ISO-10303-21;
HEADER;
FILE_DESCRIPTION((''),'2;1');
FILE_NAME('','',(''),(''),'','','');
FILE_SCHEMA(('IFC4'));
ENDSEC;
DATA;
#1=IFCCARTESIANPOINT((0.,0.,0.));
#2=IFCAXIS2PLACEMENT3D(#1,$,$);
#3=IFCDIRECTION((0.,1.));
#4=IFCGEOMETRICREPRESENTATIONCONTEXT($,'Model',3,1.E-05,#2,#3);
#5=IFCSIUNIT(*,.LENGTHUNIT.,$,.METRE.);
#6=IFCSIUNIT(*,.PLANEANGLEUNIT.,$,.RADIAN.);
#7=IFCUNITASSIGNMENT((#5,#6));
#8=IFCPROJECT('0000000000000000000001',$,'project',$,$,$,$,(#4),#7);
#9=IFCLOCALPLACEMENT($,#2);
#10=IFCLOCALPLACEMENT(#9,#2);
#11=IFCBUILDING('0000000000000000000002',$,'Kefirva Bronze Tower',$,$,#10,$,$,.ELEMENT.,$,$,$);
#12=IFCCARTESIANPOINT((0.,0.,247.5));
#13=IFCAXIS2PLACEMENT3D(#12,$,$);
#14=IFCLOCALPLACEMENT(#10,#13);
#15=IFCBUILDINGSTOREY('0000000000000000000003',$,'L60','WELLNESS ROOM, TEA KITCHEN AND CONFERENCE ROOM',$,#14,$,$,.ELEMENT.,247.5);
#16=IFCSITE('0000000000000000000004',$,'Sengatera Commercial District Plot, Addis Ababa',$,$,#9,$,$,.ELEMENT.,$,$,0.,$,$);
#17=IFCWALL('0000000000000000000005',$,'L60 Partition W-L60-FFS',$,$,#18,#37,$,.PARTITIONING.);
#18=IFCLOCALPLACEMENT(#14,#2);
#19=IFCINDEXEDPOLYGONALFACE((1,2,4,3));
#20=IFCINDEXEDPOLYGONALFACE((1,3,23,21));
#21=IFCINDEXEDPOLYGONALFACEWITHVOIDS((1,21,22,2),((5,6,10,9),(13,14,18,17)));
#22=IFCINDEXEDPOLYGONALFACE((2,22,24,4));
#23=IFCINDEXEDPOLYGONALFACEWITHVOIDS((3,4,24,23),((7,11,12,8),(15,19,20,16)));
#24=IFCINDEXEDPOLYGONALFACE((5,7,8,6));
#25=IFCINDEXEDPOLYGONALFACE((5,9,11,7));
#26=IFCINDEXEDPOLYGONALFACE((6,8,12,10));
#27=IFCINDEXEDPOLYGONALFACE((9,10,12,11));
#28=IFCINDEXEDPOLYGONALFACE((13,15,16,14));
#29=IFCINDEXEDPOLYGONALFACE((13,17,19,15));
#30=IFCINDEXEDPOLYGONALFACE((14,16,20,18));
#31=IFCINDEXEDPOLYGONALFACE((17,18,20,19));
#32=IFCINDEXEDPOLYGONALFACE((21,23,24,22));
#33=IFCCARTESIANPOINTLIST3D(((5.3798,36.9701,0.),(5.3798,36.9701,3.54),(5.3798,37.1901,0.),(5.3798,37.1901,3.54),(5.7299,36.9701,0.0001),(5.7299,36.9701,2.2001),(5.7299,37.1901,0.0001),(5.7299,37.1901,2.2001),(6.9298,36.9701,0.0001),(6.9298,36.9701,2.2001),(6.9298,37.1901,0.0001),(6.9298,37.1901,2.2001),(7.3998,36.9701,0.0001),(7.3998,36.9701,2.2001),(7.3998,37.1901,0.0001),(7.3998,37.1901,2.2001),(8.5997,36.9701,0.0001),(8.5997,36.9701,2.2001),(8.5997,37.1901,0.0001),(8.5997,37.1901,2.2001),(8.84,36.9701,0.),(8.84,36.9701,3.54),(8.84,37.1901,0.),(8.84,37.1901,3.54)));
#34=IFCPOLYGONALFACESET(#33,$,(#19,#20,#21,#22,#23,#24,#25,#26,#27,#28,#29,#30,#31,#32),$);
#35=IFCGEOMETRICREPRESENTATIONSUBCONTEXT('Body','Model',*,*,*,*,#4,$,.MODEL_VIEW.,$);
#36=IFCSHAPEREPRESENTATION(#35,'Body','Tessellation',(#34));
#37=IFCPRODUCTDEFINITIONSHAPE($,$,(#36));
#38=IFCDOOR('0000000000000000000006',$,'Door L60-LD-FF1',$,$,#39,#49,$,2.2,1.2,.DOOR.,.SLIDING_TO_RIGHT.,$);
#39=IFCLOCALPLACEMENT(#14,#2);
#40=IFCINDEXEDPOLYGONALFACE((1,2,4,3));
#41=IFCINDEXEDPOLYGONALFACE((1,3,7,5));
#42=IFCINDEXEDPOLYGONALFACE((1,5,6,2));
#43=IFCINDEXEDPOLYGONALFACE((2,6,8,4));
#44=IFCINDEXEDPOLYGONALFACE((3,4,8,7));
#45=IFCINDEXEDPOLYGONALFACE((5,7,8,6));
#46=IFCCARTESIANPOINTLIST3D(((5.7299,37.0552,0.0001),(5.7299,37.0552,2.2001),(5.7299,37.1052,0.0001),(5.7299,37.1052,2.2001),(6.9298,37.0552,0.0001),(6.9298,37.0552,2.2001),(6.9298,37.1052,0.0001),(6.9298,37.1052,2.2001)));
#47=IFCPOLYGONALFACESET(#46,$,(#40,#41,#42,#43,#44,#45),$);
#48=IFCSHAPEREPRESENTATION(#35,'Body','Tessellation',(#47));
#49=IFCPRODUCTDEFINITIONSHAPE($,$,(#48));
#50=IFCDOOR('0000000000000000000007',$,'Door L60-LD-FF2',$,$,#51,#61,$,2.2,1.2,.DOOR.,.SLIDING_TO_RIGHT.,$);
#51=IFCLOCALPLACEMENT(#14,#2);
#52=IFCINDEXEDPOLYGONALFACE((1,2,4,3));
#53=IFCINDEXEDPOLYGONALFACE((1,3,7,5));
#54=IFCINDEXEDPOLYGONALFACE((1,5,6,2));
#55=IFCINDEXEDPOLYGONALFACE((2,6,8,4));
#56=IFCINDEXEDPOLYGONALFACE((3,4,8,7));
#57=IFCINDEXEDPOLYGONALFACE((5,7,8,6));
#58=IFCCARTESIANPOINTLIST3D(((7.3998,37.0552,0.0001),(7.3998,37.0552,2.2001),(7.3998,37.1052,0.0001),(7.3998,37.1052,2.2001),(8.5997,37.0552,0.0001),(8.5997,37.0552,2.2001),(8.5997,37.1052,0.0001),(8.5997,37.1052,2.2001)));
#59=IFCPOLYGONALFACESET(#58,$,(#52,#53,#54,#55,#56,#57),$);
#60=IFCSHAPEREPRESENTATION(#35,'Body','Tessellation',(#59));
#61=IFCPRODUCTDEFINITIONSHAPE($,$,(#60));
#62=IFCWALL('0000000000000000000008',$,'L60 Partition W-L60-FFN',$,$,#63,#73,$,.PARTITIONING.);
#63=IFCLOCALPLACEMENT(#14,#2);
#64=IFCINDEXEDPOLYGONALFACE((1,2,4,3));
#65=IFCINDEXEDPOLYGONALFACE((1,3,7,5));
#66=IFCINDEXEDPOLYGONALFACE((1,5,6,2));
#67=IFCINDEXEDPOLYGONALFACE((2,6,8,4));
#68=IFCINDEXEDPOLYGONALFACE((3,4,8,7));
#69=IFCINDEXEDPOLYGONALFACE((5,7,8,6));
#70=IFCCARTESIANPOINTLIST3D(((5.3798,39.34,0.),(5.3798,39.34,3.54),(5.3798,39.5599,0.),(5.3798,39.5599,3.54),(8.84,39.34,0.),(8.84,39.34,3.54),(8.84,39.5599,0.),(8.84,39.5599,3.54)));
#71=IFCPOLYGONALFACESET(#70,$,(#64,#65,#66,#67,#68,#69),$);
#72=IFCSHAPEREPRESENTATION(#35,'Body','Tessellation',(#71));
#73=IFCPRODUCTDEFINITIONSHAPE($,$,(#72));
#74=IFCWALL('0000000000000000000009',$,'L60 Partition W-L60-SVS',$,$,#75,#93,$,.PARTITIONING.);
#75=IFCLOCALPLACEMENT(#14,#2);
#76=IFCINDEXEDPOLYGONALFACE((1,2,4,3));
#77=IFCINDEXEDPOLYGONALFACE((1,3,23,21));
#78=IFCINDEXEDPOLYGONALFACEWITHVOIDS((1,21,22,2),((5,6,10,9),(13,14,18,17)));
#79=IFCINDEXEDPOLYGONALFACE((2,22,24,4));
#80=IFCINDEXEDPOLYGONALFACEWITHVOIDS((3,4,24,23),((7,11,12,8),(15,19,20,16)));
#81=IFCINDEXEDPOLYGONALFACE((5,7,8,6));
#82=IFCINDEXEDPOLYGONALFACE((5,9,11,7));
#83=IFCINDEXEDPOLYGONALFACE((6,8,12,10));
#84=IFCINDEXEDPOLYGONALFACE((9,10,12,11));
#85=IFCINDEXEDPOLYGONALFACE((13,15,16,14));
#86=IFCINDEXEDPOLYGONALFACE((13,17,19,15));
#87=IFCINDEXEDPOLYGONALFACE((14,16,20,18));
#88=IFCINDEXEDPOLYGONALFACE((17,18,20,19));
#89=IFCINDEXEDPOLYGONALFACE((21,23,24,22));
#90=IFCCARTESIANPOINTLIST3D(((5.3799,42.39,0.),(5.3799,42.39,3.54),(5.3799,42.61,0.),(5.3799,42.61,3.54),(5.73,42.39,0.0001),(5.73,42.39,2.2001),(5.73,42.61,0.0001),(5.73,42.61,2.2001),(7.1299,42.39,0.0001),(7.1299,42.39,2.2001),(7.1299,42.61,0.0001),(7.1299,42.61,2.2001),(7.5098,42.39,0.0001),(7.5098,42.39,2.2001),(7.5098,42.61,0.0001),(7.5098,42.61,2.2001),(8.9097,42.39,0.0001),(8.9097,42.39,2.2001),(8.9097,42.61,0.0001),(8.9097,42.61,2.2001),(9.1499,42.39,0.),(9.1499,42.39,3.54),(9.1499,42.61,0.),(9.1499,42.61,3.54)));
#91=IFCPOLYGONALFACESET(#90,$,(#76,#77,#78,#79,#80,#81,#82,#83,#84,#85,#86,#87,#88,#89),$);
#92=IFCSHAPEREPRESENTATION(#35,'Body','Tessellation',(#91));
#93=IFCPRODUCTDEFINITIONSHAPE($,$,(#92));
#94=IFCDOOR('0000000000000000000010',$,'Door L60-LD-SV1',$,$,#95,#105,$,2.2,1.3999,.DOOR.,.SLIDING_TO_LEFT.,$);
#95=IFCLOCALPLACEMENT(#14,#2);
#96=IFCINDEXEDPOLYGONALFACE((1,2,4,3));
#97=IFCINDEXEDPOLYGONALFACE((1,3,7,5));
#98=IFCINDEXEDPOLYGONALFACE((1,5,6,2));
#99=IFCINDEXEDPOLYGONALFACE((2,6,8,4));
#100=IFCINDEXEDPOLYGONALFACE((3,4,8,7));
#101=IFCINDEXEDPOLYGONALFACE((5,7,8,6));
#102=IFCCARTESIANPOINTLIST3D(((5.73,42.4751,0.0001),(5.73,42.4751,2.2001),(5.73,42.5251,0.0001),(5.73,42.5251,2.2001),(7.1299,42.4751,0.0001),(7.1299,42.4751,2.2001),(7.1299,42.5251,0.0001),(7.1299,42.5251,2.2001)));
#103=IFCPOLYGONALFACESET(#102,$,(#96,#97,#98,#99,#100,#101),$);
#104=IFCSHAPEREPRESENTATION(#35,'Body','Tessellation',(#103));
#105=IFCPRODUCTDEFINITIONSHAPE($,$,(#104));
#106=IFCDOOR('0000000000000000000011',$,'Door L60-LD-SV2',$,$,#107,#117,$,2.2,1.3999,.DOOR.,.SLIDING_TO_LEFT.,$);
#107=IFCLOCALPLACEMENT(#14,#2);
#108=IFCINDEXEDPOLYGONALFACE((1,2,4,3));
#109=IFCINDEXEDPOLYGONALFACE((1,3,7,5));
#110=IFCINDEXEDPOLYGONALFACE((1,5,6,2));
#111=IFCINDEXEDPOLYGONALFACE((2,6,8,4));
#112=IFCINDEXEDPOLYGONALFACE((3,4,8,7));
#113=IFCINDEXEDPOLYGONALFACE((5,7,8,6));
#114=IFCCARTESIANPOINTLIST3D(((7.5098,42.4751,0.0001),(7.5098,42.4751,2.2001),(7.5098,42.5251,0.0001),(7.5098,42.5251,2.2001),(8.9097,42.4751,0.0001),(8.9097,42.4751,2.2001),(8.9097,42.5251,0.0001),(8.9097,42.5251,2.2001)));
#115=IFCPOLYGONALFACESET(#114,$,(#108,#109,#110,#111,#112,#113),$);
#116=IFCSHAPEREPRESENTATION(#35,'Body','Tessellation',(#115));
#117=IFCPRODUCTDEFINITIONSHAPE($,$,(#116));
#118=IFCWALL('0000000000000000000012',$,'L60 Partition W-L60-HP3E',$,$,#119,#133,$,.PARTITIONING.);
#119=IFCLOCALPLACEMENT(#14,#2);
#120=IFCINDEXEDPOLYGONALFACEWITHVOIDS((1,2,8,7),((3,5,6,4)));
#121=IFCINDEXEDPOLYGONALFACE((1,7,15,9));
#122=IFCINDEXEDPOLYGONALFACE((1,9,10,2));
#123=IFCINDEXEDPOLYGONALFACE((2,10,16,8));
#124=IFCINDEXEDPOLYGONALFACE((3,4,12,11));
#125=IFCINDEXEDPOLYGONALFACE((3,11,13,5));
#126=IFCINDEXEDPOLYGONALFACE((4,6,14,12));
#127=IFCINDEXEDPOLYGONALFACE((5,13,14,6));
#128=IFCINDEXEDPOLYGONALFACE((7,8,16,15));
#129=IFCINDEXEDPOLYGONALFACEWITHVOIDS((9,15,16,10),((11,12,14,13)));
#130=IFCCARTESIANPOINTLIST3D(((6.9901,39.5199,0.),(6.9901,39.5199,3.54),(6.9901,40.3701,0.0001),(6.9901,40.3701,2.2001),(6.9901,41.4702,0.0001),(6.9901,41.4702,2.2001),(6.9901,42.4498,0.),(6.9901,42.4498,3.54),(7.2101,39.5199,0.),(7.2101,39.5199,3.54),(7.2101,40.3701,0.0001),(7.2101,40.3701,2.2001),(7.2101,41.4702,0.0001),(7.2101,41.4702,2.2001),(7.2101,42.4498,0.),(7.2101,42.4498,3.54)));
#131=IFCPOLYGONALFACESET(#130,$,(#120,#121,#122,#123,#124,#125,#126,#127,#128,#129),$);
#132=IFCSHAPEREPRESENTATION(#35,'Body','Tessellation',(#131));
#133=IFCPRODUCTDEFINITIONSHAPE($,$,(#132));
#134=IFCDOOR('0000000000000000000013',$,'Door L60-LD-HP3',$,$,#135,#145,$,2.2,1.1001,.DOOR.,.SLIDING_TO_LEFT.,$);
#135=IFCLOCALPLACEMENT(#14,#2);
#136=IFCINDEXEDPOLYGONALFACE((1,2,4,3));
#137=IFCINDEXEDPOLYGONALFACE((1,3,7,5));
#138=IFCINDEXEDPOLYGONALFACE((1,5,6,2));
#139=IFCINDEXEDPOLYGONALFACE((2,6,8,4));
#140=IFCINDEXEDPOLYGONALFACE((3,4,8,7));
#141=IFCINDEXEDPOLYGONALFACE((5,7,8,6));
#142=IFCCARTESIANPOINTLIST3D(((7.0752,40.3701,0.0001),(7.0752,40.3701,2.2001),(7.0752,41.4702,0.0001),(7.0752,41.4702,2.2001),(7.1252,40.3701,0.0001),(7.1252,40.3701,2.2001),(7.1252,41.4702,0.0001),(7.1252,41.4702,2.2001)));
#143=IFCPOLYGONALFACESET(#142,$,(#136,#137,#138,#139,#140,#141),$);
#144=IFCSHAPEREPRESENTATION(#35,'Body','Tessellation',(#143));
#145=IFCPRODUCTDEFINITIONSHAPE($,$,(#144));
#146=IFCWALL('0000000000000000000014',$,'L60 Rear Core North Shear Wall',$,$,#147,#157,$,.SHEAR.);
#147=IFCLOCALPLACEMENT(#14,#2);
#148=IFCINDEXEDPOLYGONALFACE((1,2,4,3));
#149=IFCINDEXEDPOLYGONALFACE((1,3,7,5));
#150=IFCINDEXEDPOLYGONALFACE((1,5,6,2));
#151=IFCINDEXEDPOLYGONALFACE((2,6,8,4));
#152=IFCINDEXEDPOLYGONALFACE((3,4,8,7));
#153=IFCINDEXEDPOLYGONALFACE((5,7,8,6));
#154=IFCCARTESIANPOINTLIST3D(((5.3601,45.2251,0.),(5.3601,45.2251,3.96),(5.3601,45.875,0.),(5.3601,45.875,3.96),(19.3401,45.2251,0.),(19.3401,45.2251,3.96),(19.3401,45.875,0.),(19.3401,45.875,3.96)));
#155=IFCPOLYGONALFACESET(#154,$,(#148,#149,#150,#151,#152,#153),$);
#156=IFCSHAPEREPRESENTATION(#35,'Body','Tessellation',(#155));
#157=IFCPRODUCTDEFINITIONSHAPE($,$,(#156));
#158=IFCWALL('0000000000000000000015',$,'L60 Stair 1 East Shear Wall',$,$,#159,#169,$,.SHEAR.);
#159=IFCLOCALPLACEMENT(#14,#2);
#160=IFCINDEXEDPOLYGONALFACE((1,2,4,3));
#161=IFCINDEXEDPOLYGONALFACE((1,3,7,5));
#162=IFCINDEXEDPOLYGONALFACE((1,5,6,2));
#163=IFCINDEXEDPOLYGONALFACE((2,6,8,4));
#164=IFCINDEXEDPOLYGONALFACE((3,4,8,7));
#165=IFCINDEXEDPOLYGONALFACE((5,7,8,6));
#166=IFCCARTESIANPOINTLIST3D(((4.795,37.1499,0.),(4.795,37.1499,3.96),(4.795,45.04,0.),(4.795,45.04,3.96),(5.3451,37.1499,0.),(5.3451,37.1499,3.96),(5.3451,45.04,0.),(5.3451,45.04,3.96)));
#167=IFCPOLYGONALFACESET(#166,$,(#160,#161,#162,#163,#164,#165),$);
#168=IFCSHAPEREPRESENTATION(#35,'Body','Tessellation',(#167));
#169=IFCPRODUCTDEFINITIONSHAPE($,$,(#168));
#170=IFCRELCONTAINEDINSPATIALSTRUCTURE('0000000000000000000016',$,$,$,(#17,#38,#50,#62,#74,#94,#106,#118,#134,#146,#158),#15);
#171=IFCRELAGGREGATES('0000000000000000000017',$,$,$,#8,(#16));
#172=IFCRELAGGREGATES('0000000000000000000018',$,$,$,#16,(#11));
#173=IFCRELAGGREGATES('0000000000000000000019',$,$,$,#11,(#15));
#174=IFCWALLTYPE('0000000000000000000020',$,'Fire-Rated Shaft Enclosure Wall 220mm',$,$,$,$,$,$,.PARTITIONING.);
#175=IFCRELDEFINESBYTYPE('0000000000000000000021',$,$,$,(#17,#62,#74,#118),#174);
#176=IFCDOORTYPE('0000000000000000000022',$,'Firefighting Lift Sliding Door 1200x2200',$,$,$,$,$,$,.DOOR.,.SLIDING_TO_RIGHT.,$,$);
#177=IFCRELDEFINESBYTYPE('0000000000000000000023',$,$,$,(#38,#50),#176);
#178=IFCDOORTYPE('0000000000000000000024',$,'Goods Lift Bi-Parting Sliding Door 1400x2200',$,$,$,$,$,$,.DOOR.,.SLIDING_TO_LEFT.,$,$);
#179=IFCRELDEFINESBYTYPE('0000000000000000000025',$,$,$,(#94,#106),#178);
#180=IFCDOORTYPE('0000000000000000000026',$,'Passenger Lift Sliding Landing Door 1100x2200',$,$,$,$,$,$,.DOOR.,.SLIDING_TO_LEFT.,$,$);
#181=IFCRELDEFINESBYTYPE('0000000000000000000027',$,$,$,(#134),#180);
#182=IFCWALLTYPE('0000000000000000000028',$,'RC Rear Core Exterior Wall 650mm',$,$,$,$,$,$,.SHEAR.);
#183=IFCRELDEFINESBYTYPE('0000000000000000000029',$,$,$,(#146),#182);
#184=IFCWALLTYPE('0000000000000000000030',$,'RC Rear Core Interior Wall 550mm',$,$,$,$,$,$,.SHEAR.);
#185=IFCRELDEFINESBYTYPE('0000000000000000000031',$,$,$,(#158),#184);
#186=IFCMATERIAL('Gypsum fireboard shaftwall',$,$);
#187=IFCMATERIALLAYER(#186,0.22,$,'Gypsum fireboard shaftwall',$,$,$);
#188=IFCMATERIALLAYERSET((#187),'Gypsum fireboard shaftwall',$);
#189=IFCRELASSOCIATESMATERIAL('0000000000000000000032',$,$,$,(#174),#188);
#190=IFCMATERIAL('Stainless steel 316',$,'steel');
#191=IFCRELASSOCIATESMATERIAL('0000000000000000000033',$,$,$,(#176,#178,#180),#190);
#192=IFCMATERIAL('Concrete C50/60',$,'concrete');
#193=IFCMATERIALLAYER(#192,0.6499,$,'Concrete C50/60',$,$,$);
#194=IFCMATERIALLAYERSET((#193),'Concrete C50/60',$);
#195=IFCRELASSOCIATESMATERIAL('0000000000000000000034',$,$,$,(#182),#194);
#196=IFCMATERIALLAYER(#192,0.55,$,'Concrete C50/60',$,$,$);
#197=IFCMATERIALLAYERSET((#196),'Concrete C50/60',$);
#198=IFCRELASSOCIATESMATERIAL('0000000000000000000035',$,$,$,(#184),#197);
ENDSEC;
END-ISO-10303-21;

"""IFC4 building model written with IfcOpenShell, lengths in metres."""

from ifc_helpers import new_model, si_unit, direction, frame, frame_2d, origin, place, context, subcontext, project, spatial, rectangle, extrude, material, layer, layer_set, type_object, element, fill, save


model = new_model("IFC4")

# Units and contexts
model_context = context("Model", 3, precision=1e-05, world=origin(), true_north=direction((0.0, 1.0)))
body_context = subcontext(model_context, "Body", "Model", "MODEL_VIEW")
ifc_project = project(units=[si_unit("LENGTHUNIT", "METRE"), si_unit("PLANEANGLEUNIT", "RADIAN")], contexts=[model_context])

# Site, building, storey
site_placement = place(None, origin())
site = spatial("IfcSite", under=ifc_project, at=site_placement, Name="Sengatera Commercial District Plot, Addis Ababa", CompositionType="ELEMENT", RefElevation=0.0)
building_placement = place(site_placement, origin())
building = spatial("IfcBuilding", under=site, at=building_placement, Name="Kefirva Bronze Tower", CompositionType="ELEMENT")
storey_placement = place(building_placement, frame((0.0, 0.0, 247.5)))
storey = spatial("IfcBuildingStorey", under=building, at=storey_placement, Name="L60", Description="WELLNESS ROOM, TEA KITCHEN AND CONFERENCE ROOM", CompositionType="ELEMENT", Elevation=247.5)

# Wall, openings, doors
ifc_material_1 = material(Name="Gypsum fireboard shaftwall")
ifc_layer_1 = layer(ifc_material_1, 0.22, Name="Gypsum fireboard shaftwall")
ifc_layer_set_1 = layer_set([ifc_layer_1], Name="Gypsum fireboard shaftwall")
wall_type_1 = type_object("IfcWallType", Name="Fire-Rated Shaft Enclosure Wall 220mm", PredefinedType="PARTITIONING", material=ifc_layer_set_1)
wall_1_placement = place(storey_placement, frame((5.3799, 37.0801, 0.0), z_axis=(0.0, 0.0, 1.0), x_axis=(1.0, 0.0, 0.0)))
wall_1 = element("IfcWall", 1, at=wall_1_placement, inside=storey, type_object=wall_type_1, Name="L60 Partition W-L60-FFS", PredefinedType="PARTITIONING", context=body_context, shape_type="SweptSolid", body=[
    extrude(rectangle(XDim=3.4602, YDim=0.22, at=frame_2d((1.73, 0.0))), origin(), (0.0, 0.0, 1.0), 3.54),
])
opening_1_placement = place(wall_1_placement, frame((1.55, 0.0, 0.0), z_axis=(0.0, 0.0, 1.0), x_axis=(-1.0, 0.0, 0.0)))
opening_1 = element("IfcOpeningElement", 2, at=opening_1_placement, cuts=wall_1, PredefinedType="OPENING", context=body_context, shape_type="SweptSolid", body=[
    extrude(rectangle(XDim=1.2, YDim=2.2, at=frame_2d((0.6001, 1.1001))), frame((0.0, 0.1201, 0.0), z_axis=(0.0, -1.0, 0.0), x_axis=(1.0, 0.0, 0.0)), (0.0, 0.0, 1.0), 0.24),
])
opening_2_placement = place(wall_1_placement, frame((3.22, 0.0, 0.0), z_axis=(0.0, 0.0, 1.0), x_axis=(-1.0, 0.0, 0.0)))
opening_2 = element("IfcOpeningElement", 3, at=opening_2_placement, cuts=wall_1, PredefinedType="OPENING", context=body_context, shape_type="SweptSolid", body=[
    extrude(rectangle(XDim=1.2, YDim=2.2, at=frame_2d((0.6001, 1.1001))), frame((0.0, 0.1201, 0.0), z_axis=(0.0, -1.0, 0.0), x_axis=(1.0, 0.0, 0.0)), (0.0, 0.0, 1.0), 0.24),
])
ifc_material_2 = material(Name="Stainless steel 316", Category="steel")
door_type_1 = type_object("IfcDoorType", Name="Firefighting Lift Sliding Door 1200x2200", OperationType="SLIDING_TO_RIGHT", PredefinedType="DOOR", material=ifc_material_2)
door_1_placement = place(opening_1_placement, origin())
door_1 = element("IfcDoor", 4, at=door_1_placement, inside=storey, type_object=door_type_1, Name="Door L60-LD-FF1", OperationType="SLIDING_TO_RIGHT", OverallHeight=2.2, OverallWidth=1.2, PredefinedType="DOOR", context=body_context, shape_type="SweptSolid", body=[
    extrude(rectangle(XDim=1.2, YDim=2.2, at=frame_2d((0.6001, 1.1001))), frame((0.0, 0.0249, 0.0), z_axis=(0.0, -1.0, 0.0), x_axis=(1.0, 0.0, 0.0)), (0.0, 0.0, 1.0), 0.05),
])
fill(opening_1, door_1)
door_2_placement = place(opening_2_placement, origin())
door_2 = element("IfcDoor", 5, at=door_2_placement, inside=storey, type_object=door_type_1, Name="Door L60-LD-FF2", OperationType="SLIDING_TO_RIGHT", OverallHeight=2.2, OverallWidth=1.2, PredefinedType="DOOR", context=body_context, shape_type="SweptSolid", body=[
    extrude(rectangle(XDim=1.2, YDim=2.2, at=frame_2d((0.6001, 1.1001))), frame((0.0, 0.0249, 0.0), z_axis=(0.0, -1.0, 0.0), x_axis=(1.0, 0.0, 0.0)), (0.0, 0.0, 1.0), 0.05),
])
fill(opening_2, door_2)

# Wall
wall_2_placement = place(storey_placement, frame((5.3799, 39.45, 0.0), z_axis=(0.0, 0.0, 1.0), x_axis=(1.0, 0.0, 0.0)))
element("IfcWall", 6, at=wall_2_placement, inside=storey, type_object=wall_type_1, Name="L60 Partition W-L60-FFN", PredefinedType="PARTITIONING", context=body_context, shape_type="SweptSolid", body=[
    extrude(rectangle(XDim=3.4602, YDim=0.22, at=frame_2d((1.73, 0.0))), origin(), (0.0, 0.0, 1.0), 3.54),
])

# Wall, openings, doors
wall_3_placement = place(storey_placement, frame((5.3799, 42.5, 0.0), z_axis=(0.0, 0.0, 1.0), x_axis=(1.0, 0.0, 0.0)))
wall_3 = element("IfcWall", 7, at=wall_3_placement, inside=storey, type_object=wall_type_1, Name="L60 Partition W-L60-SVS", PredefinedType="PARTITIONING", context=body_context, shape_type="SweptSolid", body=[
    extrude(rectangle(XDim=3.77, YDim=0.22, at=frame_2d((1.885, 0.0))), origin(), (0.0, 0.0, 1.0), 3.54),
])
opening_3_placement = place(wall_3_placement, frame((1.75, 0.0, 0.0), z_axis=(0.0, 0.0, 1.0), x_axis=(-1.0, 0.0, 0.0)))
opening_3 = element("IfcOpeningElement", 8, at=opening_3_placement, cuts=wall_3, PredefinedType="OPENING", context=body_context, shape_type="SweptSolid", body=[
    extrude(rectangle(XDim=1.3999, YDim=2.2, at=frame_2d((0.7, 1.1001))), frame((0.0, 0.1201, 0.0), z_axis=(0.0, -1.0, 0.0), x_axis=(1.0, 0.0, 0.0)), (0.0, 0.0, 1.0), 0.24),
])
opening_4_placement = place(wall_3_placement, frame((3.5298, 0.0, 0.0), z_axis=(0.0, 0.0, 1.0), x_axis=(-1.0, 0.0, 0.0)))
opening_4 = element("IfcOpeningElement", 9, at=opening_4_placement, cuts=wall_3, PredefinedType="OPENING", context=body_context, shape_type="SweptSolid", body=[
    extrude(rectangle(XDim=1.3999, YDim=2.2, at=frame_2d((0.7, 1.1001))), frame((0.0, 0.1201, 0.0), z_axis=(0.0, -1.0, 0.0), x_axis=(1.0, 0.0, 0.0)), (0.0, 0.0, 1.0), 0.24),
])
door_type_2 = type_object("IfcDoorType", Name="Goods Lift Bi-Parting Sliding Door 1400x2200", OperationType="SLIDING_TO_LEFT", PredefinedType="DOOR", material=ifc_material_2)
door_3_placement = place(opening_3_placement, origin())
door_3 = element("IfcDoor", 10, at=door_3_placement, inside=storey, type_object=door_type_2, Name="Door L60-LD-SV1", OperationType="SLIDING_TO_LEFT", OverallHeight=2.2, OverallWidth=1.3999, PredefinedType="DOOR", context=body_context, shape_type="SweptSolid", body=[
    extrude(rectangle(XDim=1.3999, YDim=2.2, at=frame_2d((0.7, 1.1001))), frame((0.0, 0.0249, 0.0), z_axis=(0.0, -1.0, 0.0), x_axis=(1.0, 0.0, 0.0)), (0.0, 0.0, 1.0), 0.05),
])
fill(opening_3, door_3)
door_4_placement = place(opening_4_placement, origin())
door_4 = element("IfcDoor", 11, at=door_4_placement, inside=storey, type_object=door_type_2, Name="Door L60-LD-SV2", OperationType="SLIDING_TO_LEFT", OverallHeight=2.2, OverallWidth=1.3999, PredefinedType="DOOR", context=body_context, shape_type="SweptSolid", body=[
    extrude(rectangle(XDim=1.3999, YDim=2.2, at=frame_2d((0.7, 1.1001))), frame((0.0, 0.0249, 0.0), z_axis=(0.0, -1.0, 0.0), x_axis=(1.0, 0.0, 0.0)), (0.0, 0.0, 1.0), 0.05),
])
fill(opening_4, door_4)

# Wall, opening, door
wall_4_placement = place(storey_placement, frame((7.1001, 39.52, 0.0), z_axis=(0.0, 0.0, 1.0), x_axis=(0.0, 1.0, 0.0)))
wall_4 = element("IfcWall", 12, at=wall_4_placement, inside=storey, type_object=wall_type_1, Name="L60 Partition W-L60-HP3E", PredefinedType="PARTITIONING", context=body_context, shape_type="SweptSolid", body=[
    extrude(rectangle(XDim=2.9299, YDim=0.22, at=frame_2d((1.4648, 0.0))), origin(), (0.0, 0.0, 1.0), 3.54),
])
opening_5_placement = place(wall_4_placement, frame((0.8501, 0.0, 0.0)))
opening_5 = element("IfcOpeningElement", 13, at=opening_5_placement, cuts=wall_4, PredefinedType="OPENING", context=body_context, shape_type="SweptSolid", body=[
    extrude(rectangle(XDim=1.1001, YDim=2.2, at=frame_2d((0.55, 1.1001))), frame((0.0, 0.1201, 0.0), z_axis=(0.0, -1.0, 0.0), x_axis=(1.0, 0.0, 0.0)), (0.0, 0.0, 1.0), 0.24),
])
door_type_3 = type_object("IfcDoorType", Name="Passenger Lift Sliding Landing Door 1100x2200", OperationType="SLIDING_TO_LEFT", PredefinedType="DOOR", material=ifc_material_2)
door_5_placement = place(opening_5_placement, origin())
door_5 = element("IfcDoor", 14, at=door_5_placement, inside=storey, type_object=door_type_3, Name="Door L60-LD-HP3", OperationType="SLIDING_TO_LEFT", OverallHeight=2.2, OverallWidth=1.1001, PredefinedType="DOOR", context=body_context, shape_type="SweptSolid", body=[
    extrude(rectangle(XDim=1.1001, YDim=2.2, at=frame_2d((0.55, 1.1001))), frame((0.0, 0.0249, 0.0), z_axis=(0.0, -1.0, 0.0), x_axis=(1.0, 0.0, 0.0)), (0.0, 0.0, 1.0), 0.05),
])
fill(opening_5, door_5)

# Walls
ifc_material_3 = material(Name="Concrete C50/60", Category="concrete")
ifc_layer_2 = layer(ifc_material_3, 0.6499, Name="Concrete C50/60")
ifc_layer_set_2 = layer_set([ifc_layer_2], Name="Concrete C50/60")
wall_type_2 = type_object("IfcWallType", Name="RC Rear Core Exterior Wall 650mm", PredefinedType="SHEAR", material=ifc_layer_set_2)
wall_5_placement = place(storey_placement, frame((5.3601, 45.55, 0.0), z_axis=(0.0, 0.0, 1.0), x_axis=(1.0, 0.0, 0.0)))
element("IfcWall", 15, at=wall_5_placement, inside=storey, type_object=wall_type_2, Name="L60 Rear Core North Shear Wall", PredefinedType="SHEAR", context=body_context, shape_type="SweptSolid", body=[
    extrude(rectangle(XDim=13.98, YDim=0.6499, at=frame_2d((6.99, 0.0))), origin(), (0.0, 0.0, 1.0), 3.96),
])
ifc_layer_3 = layer(ifc_material_3, 0.55, Name="Concrete C50/60")
ifc_layer_set_3 = layer_set([ifc_layer_3], Name="Concrete C50/60")
wall_type_3 = type_object("IfcWallType", Name="RC Rear Core Interior Wall 550mm", PredefinedType="SHEAR", material=ifc_layer_set_3)
wall_6_placement = place(storey_placement, frame((5.0701, 37.1499, 0.0), z_axis=(0.0, 0.0, 1.0), x_axis=(0.0, 1.0, 0.0)))
element("IfcWall", 16, at=wall_6_placement, inside=storey, type_object=wall_type_3, Name="L60 Stair 1 East Shear Wall", PredefinedType="SHEAR", context=body_context, shape_type="SweptSolid", body=[
    extrude(rectangle(XDim=7.8901, YDim=0.55, at=frame_2d((3.9451, 0.0))), origin(), (0.0, 0.0, 1.0), 3.96),
])

save(model, "model.ifc")
